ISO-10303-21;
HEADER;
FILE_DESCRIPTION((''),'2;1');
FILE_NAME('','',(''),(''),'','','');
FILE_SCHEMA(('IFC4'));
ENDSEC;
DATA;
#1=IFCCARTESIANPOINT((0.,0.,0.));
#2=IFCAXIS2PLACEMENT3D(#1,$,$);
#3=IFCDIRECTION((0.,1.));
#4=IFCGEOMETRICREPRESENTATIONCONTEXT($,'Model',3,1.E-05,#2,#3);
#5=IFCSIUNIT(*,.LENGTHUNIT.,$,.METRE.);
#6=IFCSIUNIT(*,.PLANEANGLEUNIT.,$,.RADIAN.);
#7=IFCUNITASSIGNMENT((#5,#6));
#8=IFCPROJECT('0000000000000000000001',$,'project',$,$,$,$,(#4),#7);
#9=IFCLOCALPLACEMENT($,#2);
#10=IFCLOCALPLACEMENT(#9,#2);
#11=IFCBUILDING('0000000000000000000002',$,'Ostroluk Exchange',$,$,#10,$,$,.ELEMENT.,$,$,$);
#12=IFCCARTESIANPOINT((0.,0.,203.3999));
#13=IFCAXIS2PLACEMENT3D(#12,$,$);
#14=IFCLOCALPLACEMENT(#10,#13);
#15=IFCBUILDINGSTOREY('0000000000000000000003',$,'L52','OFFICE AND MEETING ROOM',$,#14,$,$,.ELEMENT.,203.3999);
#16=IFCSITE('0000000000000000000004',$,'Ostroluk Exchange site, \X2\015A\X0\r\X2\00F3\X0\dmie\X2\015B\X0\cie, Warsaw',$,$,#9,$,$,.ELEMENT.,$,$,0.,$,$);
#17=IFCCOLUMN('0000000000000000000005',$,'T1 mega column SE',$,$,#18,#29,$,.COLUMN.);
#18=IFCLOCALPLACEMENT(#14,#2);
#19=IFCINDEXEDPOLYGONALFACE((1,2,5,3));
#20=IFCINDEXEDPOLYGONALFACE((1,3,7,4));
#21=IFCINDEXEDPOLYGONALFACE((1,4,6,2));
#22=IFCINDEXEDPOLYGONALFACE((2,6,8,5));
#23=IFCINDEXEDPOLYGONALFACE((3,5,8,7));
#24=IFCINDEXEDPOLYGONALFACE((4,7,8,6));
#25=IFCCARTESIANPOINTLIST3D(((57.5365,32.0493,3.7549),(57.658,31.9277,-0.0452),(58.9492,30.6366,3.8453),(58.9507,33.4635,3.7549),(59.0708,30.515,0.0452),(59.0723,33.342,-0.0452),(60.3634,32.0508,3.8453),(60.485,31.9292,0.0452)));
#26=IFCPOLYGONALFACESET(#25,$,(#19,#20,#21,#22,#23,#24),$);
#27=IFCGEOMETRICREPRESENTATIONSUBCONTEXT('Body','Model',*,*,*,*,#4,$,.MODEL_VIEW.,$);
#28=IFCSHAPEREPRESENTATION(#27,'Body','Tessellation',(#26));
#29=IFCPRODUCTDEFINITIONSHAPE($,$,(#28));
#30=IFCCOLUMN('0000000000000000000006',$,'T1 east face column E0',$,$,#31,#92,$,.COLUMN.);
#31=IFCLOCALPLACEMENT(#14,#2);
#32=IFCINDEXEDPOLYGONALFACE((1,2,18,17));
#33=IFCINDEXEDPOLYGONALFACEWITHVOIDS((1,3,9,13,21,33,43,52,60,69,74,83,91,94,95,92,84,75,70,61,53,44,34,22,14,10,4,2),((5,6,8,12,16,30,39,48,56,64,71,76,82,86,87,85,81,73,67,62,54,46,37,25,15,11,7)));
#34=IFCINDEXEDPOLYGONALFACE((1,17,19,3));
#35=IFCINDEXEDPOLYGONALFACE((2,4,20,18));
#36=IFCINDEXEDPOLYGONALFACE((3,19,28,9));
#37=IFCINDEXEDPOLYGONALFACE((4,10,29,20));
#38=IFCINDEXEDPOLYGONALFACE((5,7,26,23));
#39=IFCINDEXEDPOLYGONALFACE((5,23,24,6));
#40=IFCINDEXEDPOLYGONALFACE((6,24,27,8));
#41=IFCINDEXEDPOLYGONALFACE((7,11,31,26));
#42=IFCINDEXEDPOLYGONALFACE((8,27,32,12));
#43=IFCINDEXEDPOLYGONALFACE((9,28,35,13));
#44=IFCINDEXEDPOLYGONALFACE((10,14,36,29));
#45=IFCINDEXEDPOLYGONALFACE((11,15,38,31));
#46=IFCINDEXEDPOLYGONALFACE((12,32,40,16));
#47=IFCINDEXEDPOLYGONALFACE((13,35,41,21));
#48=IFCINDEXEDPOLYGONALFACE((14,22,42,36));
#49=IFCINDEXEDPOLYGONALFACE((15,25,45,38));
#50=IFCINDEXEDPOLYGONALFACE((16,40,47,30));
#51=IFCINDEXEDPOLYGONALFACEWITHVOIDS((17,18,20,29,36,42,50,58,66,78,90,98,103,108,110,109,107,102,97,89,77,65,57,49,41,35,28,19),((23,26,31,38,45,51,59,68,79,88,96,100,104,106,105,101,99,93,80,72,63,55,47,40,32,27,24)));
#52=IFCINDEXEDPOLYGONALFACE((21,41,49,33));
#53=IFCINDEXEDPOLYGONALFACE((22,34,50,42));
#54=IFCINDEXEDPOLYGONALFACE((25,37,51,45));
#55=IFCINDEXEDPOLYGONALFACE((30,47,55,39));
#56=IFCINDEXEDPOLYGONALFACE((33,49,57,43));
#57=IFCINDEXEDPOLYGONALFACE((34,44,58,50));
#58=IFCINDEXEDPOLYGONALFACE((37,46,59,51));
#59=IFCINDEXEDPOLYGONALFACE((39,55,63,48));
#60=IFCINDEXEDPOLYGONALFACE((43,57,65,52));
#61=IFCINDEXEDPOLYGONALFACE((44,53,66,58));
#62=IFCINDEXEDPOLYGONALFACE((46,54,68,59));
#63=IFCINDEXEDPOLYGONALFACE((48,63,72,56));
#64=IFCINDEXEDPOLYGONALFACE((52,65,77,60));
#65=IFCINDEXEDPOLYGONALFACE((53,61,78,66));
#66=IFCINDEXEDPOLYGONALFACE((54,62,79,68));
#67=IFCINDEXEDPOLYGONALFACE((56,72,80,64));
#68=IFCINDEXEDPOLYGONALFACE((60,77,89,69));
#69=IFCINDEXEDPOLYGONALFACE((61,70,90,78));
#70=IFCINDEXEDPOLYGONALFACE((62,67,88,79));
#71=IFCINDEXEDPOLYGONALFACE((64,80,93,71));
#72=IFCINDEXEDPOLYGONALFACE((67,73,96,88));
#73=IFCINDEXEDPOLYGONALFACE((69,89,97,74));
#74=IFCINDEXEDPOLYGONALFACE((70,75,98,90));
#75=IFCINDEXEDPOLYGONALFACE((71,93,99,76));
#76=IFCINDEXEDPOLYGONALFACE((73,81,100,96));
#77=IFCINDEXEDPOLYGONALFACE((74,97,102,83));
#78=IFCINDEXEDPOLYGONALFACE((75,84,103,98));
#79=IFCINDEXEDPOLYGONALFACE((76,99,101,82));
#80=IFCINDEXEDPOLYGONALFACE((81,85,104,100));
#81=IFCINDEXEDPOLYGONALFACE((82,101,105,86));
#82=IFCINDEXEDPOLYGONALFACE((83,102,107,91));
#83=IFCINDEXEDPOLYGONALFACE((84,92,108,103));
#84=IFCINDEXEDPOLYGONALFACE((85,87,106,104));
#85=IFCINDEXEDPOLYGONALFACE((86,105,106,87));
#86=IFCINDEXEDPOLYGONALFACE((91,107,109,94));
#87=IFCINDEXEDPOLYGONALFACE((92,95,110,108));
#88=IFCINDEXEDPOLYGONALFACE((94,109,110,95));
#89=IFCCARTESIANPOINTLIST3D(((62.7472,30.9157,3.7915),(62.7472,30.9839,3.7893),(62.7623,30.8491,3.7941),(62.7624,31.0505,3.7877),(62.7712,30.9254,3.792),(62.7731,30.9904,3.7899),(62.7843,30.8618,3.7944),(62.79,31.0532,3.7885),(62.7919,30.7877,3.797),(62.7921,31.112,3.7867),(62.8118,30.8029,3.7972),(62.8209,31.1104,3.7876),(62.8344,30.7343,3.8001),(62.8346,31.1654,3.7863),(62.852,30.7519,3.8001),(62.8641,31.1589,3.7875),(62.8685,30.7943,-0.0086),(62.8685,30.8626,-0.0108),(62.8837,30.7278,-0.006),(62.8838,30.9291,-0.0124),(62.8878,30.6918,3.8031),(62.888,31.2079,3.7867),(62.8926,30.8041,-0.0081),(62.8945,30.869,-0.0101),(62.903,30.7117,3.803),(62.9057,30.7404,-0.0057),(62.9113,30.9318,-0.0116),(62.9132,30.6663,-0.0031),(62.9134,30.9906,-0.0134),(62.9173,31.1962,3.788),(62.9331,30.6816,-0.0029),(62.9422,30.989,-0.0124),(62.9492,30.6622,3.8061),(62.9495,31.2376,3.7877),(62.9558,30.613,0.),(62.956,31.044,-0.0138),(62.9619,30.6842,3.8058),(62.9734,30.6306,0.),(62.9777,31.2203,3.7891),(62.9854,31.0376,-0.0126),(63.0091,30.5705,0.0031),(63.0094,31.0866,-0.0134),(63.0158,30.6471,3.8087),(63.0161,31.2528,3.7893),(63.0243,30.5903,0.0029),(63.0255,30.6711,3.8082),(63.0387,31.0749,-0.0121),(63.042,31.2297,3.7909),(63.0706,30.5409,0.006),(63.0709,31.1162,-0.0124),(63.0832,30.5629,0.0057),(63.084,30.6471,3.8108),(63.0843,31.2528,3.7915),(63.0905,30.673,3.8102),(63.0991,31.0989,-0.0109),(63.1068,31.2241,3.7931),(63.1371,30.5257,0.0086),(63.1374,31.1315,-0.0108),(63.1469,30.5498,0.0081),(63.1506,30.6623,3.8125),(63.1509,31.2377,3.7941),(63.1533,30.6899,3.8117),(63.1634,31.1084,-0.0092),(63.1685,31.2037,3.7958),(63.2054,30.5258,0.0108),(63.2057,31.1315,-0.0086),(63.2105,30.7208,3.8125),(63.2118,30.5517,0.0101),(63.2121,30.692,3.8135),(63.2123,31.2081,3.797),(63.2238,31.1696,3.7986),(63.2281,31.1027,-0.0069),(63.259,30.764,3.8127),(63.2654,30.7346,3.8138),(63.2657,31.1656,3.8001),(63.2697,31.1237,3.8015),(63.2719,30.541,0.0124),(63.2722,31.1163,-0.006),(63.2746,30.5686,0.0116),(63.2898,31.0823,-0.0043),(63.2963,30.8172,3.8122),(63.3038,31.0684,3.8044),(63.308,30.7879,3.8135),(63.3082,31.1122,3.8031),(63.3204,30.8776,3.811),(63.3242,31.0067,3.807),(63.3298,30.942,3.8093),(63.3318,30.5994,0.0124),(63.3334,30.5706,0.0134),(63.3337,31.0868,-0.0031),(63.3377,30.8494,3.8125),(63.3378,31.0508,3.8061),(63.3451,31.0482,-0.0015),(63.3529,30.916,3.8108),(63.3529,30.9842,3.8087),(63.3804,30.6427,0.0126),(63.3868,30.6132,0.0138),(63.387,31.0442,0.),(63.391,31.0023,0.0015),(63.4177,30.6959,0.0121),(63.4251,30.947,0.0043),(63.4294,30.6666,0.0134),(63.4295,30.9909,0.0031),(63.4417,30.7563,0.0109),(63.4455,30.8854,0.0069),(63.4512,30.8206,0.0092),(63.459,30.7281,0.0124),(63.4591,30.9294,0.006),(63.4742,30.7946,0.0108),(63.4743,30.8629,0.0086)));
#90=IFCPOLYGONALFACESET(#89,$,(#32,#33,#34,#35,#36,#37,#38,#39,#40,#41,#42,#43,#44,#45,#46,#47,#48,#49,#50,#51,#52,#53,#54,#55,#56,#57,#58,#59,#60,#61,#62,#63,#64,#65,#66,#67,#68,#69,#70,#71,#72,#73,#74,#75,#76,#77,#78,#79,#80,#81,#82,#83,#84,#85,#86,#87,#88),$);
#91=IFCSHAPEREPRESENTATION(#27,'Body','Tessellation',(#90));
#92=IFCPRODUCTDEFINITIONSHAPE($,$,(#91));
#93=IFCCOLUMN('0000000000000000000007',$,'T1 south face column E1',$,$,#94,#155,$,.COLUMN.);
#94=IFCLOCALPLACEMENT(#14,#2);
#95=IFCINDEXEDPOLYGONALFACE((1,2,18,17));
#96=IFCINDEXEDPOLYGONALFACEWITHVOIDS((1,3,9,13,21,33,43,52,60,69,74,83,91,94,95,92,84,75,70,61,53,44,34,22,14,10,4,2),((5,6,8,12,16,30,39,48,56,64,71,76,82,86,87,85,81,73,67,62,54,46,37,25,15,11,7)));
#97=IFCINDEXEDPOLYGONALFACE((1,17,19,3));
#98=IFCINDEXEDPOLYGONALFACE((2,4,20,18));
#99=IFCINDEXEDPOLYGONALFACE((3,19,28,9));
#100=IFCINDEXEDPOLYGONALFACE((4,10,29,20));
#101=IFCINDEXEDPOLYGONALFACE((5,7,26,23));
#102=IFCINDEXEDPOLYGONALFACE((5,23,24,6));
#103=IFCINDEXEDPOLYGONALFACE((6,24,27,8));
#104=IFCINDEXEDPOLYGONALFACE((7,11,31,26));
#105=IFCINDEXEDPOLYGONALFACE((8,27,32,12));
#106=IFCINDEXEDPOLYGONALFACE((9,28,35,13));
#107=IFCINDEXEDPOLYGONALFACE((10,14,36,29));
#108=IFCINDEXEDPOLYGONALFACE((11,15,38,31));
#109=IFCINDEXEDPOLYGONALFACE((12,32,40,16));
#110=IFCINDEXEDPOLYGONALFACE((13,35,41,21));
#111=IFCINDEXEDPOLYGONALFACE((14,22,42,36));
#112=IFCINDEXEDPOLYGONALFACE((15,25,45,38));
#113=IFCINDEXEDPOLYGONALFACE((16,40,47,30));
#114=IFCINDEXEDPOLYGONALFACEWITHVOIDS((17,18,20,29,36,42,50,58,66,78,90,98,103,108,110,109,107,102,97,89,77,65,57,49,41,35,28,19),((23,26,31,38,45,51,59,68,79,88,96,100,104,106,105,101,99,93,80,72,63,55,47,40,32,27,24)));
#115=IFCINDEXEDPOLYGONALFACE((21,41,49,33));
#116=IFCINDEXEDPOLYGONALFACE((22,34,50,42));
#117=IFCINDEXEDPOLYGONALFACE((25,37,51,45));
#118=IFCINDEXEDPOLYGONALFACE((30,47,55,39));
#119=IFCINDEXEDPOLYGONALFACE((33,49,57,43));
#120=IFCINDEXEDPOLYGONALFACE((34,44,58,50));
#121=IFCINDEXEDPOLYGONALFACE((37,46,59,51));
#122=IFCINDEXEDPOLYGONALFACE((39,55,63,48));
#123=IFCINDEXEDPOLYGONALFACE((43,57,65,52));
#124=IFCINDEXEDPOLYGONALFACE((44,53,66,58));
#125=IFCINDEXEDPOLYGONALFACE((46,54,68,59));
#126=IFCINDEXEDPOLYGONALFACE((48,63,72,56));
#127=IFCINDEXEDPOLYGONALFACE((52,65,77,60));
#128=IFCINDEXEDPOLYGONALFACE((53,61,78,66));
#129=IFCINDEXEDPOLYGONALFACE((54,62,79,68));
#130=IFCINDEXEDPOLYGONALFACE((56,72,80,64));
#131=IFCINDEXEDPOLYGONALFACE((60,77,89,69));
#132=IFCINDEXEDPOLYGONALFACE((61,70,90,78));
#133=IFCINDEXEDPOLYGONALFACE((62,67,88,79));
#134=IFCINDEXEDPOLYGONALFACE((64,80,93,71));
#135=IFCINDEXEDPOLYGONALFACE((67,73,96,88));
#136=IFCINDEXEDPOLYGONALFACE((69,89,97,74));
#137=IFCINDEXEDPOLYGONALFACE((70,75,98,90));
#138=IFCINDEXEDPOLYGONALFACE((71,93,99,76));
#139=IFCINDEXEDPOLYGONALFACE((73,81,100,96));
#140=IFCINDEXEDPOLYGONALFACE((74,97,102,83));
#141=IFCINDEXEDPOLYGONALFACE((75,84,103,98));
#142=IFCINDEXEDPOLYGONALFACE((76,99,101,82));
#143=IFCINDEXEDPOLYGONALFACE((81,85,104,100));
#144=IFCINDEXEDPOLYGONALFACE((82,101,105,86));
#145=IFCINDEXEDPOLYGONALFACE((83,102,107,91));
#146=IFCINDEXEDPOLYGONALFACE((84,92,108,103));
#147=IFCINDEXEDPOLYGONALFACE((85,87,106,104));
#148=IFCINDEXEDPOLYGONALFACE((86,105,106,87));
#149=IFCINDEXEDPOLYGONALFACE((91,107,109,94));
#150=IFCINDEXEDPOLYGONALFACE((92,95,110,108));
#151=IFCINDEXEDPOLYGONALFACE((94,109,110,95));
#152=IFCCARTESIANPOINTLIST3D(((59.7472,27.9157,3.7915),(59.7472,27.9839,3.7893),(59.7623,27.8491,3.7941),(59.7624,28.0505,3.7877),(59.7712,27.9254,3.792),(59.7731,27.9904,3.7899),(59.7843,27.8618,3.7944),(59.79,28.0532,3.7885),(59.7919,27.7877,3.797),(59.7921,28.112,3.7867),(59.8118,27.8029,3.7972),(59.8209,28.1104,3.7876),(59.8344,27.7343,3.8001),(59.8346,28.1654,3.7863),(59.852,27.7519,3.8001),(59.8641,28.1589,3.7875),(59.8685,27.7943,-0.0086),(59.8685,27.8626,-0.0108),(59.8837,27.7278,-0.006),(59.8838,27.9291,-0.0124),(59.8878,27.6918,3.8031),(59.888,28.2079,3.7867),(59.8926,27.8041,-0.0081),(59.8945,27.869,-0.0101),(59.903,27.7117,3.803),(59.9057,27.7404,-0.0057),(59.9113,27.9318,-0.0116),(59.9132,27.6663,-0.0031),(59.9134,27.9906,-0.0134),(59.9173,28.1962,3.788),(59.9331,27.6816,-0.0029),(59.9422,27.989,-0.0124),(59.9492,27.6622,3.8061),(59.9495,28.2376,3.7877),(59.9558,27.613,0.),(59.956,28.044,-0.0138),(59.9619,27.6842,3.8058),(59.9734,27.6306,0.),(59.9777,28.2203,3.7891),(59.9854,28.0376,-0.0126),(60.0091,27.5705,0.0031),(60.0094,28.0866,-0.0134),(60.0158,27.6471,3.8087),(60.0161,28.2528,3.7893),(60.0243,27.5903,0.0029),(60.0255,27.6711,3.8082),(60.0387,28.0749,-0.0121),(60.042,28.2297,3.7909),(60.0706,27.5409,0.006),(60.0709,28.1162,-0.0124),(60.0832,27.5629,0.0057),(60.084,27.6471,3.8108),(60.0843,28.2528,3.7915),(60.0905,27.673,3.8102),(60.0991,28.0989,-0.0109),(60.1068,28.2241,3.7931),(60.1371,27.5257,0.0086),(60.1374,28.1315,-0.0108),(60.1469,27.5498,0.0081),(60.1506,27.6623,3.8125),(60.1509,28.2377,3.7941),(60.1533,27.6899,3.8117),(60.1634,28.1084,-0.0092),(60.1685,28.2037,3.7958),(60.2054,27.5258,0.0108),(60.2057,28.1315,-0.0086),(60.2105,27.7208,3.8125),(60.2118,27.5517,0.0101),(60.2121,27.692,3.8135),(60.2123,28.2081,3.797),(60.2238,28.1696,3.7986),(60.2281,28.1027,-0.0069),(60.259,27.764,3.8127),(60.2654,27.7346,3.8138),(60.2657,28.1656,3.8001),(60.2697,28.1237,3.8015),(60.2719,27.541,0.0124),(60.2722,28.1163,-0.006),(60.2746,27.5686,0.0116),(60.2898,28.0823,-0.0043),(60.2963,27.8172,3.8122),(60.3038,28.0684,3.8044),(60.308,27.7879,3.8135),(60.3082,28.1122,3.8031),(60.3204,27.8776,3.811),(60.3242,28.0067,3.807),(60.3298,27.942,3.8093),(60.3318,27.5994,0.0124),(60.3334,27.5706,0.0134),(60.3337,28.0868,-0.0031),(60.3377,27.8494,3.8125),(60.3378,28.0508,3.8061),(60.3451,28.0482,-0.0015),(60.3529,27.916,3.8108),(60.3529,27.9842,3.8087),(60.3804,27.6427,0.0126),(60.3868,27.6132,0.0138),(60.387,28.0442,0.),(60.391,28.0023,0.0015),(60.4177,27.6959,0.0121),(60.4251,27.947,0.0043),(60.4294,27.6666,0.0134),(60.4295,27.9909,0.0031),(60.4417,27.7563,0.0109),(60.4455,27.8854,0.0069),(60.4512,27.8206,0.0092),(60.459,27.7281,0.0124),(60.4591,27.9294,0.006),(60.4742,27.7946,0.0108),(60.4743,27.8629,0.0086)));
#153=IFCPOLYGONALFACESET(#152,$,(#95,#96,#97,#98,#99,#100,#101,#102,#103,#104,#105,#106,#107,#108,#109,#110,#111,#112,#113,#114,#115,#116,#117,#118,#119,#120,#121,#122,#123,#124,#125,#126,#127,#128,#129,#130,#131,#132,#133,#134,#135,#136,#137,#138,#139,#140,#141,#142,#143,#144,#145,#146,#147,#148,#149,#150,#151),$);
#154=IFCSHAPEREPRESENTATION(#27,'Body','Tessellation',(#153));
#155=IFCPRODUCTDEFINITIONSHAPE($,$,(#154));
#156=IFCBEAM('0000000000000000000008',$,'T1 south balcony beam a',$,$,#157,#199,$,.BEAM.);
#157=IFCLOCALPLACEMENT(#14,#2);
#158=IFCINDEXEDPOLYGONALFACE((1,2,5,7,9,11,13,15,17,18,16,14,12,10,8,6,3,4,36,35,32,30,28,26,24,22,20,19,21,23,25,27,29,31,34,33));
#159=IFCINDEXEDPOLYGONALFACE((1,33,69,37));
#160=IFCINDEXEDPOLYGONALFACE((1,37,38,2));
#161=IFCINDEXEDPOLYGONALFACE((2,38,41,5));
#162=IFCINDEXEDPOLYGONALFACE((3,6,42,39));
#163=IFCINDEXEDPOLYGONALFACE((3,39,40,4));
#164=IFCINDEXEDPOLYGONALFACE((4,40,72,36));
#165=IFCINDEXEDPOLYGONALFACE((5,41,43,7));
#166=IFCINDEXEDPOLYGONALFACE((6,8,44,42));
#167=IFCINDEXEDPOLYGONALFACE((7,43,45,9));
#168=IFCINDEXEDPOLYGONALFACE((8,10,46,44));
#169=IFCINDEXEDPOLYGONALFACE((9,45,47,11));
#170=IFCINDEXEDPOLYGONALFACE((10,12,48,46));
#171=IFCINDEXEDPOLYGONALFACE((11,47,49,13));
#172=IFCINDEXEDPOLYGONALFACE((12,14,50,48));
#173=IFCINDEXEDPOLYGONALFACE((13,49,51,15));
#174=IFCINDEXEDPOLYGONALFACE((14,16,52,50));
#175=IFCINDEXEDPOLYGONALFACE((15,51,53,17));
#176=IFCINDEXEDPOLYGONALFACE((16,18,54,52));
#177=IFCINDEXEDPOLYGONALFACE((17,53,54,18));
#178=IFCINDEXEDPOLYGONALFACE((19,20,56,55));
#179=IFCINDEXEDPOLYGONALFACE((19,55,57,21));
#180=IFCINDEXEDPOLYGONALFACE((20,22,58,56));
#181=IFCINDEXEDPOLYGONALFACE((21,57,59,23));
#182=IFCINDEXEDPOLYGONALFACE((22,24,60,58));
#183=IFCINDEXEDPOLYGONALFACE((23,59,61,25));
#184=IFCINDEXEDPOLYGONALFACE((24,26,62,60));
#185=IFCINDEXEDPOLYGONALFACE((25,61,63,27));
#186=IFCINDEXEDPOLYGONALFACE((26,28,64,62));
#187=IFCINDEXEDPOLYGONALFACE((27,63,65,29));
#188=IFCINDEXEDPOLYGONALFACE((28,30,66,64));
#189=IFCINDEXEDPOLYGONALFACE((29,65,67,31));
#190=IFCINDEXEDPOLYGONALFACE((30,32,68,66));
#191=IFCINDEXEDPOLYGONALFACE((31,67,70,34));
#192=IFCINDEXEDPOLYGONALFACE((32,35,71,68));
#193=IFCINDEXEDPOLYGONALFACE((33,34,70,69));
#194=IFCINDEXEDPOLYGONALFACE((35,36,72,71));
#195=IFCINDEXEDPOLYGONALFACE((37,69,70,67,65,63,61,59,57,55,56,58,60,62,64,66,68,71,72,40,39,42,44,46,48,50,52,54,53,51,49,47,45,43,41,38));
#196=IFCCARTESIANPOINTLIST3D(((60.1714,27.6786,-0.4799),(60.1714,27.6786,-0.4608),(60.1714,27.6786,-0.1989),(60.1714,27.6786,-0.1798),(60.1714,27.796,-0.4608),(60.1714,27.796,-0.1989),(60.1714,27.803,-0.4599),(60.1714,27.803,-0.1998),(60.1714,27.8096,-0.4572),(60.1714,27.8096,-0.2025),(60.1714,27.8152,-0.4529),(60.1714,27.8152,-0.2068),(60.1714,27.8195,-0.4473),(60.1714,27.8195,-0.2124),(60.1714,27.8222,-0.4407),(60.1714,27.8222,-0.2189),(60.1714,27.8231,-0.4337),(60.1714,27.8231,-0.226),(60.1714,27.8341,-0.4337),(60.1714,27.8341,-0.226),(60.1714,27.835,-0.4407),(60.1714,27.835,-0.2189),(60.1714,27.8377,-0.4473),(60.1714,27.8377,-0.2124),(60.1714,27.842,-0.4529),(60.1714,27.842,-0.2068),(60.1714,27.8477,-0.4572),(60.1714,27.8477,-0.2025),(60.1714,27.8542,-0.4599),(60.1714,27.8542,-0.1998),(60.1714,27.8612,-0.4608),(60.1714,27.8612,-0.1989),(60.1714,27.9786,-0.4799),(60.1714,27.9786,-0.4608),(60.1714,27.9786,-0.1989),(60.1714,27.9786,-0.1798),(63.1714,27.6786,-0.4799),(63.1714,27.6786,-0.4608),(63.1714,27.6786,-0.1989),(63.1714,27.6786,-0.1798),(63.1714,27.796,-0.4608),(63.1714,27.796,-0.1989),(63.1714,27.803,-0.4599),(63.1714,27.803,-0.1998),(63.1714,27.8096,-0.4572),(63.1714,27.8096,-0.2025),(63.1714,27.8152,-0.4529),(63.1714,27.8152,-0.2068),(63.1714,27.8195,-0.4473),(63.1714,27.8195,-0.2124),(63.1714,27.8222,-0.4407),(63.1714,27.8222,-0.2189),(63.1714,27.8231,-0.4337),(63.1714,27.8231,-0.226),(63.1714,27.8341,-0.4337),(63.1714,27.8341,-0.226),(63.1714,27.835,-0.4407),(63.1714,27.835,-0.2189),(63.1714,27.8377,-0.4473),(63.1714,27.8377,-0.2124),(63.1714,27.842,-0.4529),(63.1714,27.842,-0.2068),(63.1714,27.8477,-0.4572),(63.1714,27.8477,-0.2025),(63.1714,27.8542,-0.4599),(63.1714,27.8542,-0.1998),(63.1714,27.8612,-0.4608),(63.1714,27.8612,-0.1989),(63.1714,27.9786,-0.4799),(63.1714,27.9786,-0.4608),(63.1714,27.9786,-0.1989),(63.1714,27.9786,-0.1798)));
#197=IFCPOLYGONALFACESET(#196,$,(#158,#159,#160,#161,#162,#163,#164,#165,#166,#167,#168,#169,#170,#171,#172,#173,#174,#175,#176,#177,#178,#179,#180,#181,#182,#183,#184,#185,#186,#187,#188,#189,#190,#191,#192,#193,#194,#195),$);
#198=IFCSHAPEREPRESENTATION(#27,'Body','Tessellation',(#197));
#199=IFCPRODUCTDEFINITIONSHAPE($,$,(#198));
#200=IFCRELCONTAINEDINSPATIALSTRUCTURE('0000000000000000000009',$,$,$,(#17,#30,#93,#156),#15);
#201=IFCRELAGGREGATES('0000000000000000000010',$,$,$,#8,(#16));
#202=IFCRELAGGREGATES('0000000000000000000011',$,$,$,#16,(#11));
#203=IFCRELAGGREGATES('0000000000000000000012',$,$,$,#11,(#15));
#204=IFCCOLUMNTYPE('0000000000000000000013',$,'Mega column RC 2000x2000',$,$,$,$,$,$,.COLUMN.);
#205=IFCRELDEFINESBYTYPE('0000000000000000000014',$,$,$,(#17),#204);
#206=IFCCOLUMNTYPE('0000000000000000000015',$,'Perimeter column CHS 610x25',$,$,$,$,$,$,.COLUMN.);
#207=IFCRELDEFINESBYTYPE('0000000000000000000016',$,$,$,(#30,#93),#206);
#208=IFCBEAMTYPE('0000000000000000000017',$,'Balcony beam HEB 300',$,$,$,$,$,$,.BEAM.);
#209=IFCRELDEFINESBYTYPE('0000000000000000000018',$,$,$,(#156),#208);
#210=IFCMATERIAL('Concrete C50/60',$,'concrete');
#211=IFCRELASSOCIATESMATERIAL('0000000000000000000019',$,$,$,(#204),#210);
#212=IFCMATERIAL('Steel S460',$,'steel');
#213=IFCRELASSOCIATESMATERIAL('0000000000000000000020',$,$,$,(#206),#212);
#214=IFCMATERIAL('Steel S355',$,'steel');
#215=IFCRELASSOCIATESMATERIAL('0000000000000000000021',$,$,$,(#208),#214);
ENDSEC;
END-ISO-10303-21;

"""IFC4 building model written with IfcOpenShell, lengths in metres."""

from ifc_helpers import new_model, si_unit, direction, frame, origin, origin_2d, place, context, subcontext, project, spatial, rectangle, hollow_circle, i_section, extrude, material, material_profile, profile_set, type_object, element, save


model = new_model("IFC4")

# Units and contexts
model_context = context("Model", 3, precision=1e-05, world=origin(), true_north=direction((0.0, 1.0)))
body_context = subcontext(model_context, "Body", "Model", "MODEL_VIEW")
ifc_project = project(units=[si_unit("LENGTHUNIT", "METRE"), si_unit("PLANEANGLEUNIT", "RADIAN")], contexts=[model_context])

# Site, building, storey
site_placement = place(None, origin())
site = spatial("IfcSite", under=ifc_project, at=site_placement, Name="Ostroluk Exchange site, Śródmieście, Warsaw", CompositionType="ELEMENT", RefElevation=0.0)
building_placement = place(site_placement, origin())
building = spatial("IfcBuilding", under=site, at=building_placement, Name="Ostroluk Exchange", CompositionType="ELEMENT")
storey_placement = place(building_placement, frame((0.0, 0.0, 203.3999)))
storey = spatial("IfcBuildingStorey", under=building, at=storey_placement, Name="L52", Description="OFFICE AND MEETING ROOM", CompositionType="ELEMENT", Elevation=203.3999)

# Columns
ifc_material_1 = material(Name="Concrete C50/60", Category="concrete")
ifc_material_profile_1 = material_profile(ifc_material_1, rectangle(XDim=2.0, YDim=2.0, at=origin_2d()), Name="RC 2000x2000")
ifc_profile_set_1 = profile_set([ifc_material_profile_1], Name="Concrete C50/60")
column_type_1 = type_object("IfcColumnType", Name="Mega column RC 2000x2000", PredefinedType="COLUMN", material=ifc_profile_set_1)
column_placement = place(storey_placement, frame((59.0715, 31.9285, 0.0), z_axis=(-0.031962, 0.031962, 0.998978), x_axis=(-0.707107, -0.707107, 0.0)))
element("IfcColumn", 1, at=column_placement, inside=storey, type_object=column_type_1, Name="T1 mega column SE", PredefinedType="COLUMN", context=body_context, shape_type="SweptSolid", body=[
    extrude(rectangle(XDim=2.0, YDim=2.0, at=origin_2d()), origin(), (0.0, 0.0, 1.0), 3.804),
])
ifc_material_2 = material(Name="Steel S460", Category="steel")
ifc_material_profile_2 = material_profile(ifc_material_2, hollow_circle(Radius=0.3049, WallThickness=0.0249, at=origin_2d()), Name="CHS 610x25")
ifc_profile_set_2 = profile_set([ifc_material_profile_2], Name="Steel S460")
column_type_2 = type_object("IfcColumnType", Name="Perimeter column CHS 610x25", PredefinedType="COLUMN", material=ifc_profile_set_2)
for number, where, z_axis, x_axis, name in (
    (2, (63.1714, 30.8286, 0.0), (-0.031898, 0.031898, 0.998982), (-0.707107, -0.707107, 0.0), "T1 east face column E0"),
    (3, (60.1714, 27.8286, 0.0), (-0.031898, 0.031898, 0.998982), (-0.707107, -0.707107, 0.0), "T1 south face column E1"),
):
    element("IfcColumn", number, at=place(storey_placement, frame(where, z_axis=z_axis, x_axis=x_axis)), inside=storey, type_object=column_type_2, Name=name, PredefinedType="COLUMN", context=body_context, shape_type="SweptSolid", body=[
        extrude(hollow_circle(Radius=0.3049, WallThickness=0.0249, at=origin_2d()), origin(), (0.0, 0.0, 1.0), 3.804),
    ])

# Beam
ifc_material_3 = material(Name="Steel S355", Category="steel")
ifc_material_profile_3 = material_profile(ifc_material_3, i_section(OverallWidth=0.3, OverallDepth=0.3, WebThickness=0.011, FlangeThickness=0.019, FilletRadius=0.0271, at=origin_2d()), Name="HEB 300")
ifc_profile_set_3 = profile_set([ifc_material_profile_3], Name="Steel S355")
beam_type_1 = type_object("IfcBeamType", Name="Balcony beam HEB 300", PredefinedType="BEAM", material=ifc_profile_set_3)
for number, where, z_axis, x_axis, name in (
    (4, (60.1714, 27.8286, -0.3298), (1.0, 0.0, 0.0), (0.0, 1.0, 0.0), "T1 south balcony beam a"),
):
    element("IfcBeam", number, at=place(storey_placement, frame(where, z_axis=z_axis, x_axis=x_axis)), inside=storey, type_object=beam_type_1, Name=name, PredefinedType="BEAM", context=body_context, shape_type="SweptSolid", body=[
        extrude(i_section(OverallWidth=0.3, OverallDepth=0.3, WebThickness=0.011, FlangeThickness=0.019, FilletRadius=0.0271, at=origin_2d()), origin(), (0.0, 0.0, 1.0), 3.0),
    ])

save(model, "model.ifc")
